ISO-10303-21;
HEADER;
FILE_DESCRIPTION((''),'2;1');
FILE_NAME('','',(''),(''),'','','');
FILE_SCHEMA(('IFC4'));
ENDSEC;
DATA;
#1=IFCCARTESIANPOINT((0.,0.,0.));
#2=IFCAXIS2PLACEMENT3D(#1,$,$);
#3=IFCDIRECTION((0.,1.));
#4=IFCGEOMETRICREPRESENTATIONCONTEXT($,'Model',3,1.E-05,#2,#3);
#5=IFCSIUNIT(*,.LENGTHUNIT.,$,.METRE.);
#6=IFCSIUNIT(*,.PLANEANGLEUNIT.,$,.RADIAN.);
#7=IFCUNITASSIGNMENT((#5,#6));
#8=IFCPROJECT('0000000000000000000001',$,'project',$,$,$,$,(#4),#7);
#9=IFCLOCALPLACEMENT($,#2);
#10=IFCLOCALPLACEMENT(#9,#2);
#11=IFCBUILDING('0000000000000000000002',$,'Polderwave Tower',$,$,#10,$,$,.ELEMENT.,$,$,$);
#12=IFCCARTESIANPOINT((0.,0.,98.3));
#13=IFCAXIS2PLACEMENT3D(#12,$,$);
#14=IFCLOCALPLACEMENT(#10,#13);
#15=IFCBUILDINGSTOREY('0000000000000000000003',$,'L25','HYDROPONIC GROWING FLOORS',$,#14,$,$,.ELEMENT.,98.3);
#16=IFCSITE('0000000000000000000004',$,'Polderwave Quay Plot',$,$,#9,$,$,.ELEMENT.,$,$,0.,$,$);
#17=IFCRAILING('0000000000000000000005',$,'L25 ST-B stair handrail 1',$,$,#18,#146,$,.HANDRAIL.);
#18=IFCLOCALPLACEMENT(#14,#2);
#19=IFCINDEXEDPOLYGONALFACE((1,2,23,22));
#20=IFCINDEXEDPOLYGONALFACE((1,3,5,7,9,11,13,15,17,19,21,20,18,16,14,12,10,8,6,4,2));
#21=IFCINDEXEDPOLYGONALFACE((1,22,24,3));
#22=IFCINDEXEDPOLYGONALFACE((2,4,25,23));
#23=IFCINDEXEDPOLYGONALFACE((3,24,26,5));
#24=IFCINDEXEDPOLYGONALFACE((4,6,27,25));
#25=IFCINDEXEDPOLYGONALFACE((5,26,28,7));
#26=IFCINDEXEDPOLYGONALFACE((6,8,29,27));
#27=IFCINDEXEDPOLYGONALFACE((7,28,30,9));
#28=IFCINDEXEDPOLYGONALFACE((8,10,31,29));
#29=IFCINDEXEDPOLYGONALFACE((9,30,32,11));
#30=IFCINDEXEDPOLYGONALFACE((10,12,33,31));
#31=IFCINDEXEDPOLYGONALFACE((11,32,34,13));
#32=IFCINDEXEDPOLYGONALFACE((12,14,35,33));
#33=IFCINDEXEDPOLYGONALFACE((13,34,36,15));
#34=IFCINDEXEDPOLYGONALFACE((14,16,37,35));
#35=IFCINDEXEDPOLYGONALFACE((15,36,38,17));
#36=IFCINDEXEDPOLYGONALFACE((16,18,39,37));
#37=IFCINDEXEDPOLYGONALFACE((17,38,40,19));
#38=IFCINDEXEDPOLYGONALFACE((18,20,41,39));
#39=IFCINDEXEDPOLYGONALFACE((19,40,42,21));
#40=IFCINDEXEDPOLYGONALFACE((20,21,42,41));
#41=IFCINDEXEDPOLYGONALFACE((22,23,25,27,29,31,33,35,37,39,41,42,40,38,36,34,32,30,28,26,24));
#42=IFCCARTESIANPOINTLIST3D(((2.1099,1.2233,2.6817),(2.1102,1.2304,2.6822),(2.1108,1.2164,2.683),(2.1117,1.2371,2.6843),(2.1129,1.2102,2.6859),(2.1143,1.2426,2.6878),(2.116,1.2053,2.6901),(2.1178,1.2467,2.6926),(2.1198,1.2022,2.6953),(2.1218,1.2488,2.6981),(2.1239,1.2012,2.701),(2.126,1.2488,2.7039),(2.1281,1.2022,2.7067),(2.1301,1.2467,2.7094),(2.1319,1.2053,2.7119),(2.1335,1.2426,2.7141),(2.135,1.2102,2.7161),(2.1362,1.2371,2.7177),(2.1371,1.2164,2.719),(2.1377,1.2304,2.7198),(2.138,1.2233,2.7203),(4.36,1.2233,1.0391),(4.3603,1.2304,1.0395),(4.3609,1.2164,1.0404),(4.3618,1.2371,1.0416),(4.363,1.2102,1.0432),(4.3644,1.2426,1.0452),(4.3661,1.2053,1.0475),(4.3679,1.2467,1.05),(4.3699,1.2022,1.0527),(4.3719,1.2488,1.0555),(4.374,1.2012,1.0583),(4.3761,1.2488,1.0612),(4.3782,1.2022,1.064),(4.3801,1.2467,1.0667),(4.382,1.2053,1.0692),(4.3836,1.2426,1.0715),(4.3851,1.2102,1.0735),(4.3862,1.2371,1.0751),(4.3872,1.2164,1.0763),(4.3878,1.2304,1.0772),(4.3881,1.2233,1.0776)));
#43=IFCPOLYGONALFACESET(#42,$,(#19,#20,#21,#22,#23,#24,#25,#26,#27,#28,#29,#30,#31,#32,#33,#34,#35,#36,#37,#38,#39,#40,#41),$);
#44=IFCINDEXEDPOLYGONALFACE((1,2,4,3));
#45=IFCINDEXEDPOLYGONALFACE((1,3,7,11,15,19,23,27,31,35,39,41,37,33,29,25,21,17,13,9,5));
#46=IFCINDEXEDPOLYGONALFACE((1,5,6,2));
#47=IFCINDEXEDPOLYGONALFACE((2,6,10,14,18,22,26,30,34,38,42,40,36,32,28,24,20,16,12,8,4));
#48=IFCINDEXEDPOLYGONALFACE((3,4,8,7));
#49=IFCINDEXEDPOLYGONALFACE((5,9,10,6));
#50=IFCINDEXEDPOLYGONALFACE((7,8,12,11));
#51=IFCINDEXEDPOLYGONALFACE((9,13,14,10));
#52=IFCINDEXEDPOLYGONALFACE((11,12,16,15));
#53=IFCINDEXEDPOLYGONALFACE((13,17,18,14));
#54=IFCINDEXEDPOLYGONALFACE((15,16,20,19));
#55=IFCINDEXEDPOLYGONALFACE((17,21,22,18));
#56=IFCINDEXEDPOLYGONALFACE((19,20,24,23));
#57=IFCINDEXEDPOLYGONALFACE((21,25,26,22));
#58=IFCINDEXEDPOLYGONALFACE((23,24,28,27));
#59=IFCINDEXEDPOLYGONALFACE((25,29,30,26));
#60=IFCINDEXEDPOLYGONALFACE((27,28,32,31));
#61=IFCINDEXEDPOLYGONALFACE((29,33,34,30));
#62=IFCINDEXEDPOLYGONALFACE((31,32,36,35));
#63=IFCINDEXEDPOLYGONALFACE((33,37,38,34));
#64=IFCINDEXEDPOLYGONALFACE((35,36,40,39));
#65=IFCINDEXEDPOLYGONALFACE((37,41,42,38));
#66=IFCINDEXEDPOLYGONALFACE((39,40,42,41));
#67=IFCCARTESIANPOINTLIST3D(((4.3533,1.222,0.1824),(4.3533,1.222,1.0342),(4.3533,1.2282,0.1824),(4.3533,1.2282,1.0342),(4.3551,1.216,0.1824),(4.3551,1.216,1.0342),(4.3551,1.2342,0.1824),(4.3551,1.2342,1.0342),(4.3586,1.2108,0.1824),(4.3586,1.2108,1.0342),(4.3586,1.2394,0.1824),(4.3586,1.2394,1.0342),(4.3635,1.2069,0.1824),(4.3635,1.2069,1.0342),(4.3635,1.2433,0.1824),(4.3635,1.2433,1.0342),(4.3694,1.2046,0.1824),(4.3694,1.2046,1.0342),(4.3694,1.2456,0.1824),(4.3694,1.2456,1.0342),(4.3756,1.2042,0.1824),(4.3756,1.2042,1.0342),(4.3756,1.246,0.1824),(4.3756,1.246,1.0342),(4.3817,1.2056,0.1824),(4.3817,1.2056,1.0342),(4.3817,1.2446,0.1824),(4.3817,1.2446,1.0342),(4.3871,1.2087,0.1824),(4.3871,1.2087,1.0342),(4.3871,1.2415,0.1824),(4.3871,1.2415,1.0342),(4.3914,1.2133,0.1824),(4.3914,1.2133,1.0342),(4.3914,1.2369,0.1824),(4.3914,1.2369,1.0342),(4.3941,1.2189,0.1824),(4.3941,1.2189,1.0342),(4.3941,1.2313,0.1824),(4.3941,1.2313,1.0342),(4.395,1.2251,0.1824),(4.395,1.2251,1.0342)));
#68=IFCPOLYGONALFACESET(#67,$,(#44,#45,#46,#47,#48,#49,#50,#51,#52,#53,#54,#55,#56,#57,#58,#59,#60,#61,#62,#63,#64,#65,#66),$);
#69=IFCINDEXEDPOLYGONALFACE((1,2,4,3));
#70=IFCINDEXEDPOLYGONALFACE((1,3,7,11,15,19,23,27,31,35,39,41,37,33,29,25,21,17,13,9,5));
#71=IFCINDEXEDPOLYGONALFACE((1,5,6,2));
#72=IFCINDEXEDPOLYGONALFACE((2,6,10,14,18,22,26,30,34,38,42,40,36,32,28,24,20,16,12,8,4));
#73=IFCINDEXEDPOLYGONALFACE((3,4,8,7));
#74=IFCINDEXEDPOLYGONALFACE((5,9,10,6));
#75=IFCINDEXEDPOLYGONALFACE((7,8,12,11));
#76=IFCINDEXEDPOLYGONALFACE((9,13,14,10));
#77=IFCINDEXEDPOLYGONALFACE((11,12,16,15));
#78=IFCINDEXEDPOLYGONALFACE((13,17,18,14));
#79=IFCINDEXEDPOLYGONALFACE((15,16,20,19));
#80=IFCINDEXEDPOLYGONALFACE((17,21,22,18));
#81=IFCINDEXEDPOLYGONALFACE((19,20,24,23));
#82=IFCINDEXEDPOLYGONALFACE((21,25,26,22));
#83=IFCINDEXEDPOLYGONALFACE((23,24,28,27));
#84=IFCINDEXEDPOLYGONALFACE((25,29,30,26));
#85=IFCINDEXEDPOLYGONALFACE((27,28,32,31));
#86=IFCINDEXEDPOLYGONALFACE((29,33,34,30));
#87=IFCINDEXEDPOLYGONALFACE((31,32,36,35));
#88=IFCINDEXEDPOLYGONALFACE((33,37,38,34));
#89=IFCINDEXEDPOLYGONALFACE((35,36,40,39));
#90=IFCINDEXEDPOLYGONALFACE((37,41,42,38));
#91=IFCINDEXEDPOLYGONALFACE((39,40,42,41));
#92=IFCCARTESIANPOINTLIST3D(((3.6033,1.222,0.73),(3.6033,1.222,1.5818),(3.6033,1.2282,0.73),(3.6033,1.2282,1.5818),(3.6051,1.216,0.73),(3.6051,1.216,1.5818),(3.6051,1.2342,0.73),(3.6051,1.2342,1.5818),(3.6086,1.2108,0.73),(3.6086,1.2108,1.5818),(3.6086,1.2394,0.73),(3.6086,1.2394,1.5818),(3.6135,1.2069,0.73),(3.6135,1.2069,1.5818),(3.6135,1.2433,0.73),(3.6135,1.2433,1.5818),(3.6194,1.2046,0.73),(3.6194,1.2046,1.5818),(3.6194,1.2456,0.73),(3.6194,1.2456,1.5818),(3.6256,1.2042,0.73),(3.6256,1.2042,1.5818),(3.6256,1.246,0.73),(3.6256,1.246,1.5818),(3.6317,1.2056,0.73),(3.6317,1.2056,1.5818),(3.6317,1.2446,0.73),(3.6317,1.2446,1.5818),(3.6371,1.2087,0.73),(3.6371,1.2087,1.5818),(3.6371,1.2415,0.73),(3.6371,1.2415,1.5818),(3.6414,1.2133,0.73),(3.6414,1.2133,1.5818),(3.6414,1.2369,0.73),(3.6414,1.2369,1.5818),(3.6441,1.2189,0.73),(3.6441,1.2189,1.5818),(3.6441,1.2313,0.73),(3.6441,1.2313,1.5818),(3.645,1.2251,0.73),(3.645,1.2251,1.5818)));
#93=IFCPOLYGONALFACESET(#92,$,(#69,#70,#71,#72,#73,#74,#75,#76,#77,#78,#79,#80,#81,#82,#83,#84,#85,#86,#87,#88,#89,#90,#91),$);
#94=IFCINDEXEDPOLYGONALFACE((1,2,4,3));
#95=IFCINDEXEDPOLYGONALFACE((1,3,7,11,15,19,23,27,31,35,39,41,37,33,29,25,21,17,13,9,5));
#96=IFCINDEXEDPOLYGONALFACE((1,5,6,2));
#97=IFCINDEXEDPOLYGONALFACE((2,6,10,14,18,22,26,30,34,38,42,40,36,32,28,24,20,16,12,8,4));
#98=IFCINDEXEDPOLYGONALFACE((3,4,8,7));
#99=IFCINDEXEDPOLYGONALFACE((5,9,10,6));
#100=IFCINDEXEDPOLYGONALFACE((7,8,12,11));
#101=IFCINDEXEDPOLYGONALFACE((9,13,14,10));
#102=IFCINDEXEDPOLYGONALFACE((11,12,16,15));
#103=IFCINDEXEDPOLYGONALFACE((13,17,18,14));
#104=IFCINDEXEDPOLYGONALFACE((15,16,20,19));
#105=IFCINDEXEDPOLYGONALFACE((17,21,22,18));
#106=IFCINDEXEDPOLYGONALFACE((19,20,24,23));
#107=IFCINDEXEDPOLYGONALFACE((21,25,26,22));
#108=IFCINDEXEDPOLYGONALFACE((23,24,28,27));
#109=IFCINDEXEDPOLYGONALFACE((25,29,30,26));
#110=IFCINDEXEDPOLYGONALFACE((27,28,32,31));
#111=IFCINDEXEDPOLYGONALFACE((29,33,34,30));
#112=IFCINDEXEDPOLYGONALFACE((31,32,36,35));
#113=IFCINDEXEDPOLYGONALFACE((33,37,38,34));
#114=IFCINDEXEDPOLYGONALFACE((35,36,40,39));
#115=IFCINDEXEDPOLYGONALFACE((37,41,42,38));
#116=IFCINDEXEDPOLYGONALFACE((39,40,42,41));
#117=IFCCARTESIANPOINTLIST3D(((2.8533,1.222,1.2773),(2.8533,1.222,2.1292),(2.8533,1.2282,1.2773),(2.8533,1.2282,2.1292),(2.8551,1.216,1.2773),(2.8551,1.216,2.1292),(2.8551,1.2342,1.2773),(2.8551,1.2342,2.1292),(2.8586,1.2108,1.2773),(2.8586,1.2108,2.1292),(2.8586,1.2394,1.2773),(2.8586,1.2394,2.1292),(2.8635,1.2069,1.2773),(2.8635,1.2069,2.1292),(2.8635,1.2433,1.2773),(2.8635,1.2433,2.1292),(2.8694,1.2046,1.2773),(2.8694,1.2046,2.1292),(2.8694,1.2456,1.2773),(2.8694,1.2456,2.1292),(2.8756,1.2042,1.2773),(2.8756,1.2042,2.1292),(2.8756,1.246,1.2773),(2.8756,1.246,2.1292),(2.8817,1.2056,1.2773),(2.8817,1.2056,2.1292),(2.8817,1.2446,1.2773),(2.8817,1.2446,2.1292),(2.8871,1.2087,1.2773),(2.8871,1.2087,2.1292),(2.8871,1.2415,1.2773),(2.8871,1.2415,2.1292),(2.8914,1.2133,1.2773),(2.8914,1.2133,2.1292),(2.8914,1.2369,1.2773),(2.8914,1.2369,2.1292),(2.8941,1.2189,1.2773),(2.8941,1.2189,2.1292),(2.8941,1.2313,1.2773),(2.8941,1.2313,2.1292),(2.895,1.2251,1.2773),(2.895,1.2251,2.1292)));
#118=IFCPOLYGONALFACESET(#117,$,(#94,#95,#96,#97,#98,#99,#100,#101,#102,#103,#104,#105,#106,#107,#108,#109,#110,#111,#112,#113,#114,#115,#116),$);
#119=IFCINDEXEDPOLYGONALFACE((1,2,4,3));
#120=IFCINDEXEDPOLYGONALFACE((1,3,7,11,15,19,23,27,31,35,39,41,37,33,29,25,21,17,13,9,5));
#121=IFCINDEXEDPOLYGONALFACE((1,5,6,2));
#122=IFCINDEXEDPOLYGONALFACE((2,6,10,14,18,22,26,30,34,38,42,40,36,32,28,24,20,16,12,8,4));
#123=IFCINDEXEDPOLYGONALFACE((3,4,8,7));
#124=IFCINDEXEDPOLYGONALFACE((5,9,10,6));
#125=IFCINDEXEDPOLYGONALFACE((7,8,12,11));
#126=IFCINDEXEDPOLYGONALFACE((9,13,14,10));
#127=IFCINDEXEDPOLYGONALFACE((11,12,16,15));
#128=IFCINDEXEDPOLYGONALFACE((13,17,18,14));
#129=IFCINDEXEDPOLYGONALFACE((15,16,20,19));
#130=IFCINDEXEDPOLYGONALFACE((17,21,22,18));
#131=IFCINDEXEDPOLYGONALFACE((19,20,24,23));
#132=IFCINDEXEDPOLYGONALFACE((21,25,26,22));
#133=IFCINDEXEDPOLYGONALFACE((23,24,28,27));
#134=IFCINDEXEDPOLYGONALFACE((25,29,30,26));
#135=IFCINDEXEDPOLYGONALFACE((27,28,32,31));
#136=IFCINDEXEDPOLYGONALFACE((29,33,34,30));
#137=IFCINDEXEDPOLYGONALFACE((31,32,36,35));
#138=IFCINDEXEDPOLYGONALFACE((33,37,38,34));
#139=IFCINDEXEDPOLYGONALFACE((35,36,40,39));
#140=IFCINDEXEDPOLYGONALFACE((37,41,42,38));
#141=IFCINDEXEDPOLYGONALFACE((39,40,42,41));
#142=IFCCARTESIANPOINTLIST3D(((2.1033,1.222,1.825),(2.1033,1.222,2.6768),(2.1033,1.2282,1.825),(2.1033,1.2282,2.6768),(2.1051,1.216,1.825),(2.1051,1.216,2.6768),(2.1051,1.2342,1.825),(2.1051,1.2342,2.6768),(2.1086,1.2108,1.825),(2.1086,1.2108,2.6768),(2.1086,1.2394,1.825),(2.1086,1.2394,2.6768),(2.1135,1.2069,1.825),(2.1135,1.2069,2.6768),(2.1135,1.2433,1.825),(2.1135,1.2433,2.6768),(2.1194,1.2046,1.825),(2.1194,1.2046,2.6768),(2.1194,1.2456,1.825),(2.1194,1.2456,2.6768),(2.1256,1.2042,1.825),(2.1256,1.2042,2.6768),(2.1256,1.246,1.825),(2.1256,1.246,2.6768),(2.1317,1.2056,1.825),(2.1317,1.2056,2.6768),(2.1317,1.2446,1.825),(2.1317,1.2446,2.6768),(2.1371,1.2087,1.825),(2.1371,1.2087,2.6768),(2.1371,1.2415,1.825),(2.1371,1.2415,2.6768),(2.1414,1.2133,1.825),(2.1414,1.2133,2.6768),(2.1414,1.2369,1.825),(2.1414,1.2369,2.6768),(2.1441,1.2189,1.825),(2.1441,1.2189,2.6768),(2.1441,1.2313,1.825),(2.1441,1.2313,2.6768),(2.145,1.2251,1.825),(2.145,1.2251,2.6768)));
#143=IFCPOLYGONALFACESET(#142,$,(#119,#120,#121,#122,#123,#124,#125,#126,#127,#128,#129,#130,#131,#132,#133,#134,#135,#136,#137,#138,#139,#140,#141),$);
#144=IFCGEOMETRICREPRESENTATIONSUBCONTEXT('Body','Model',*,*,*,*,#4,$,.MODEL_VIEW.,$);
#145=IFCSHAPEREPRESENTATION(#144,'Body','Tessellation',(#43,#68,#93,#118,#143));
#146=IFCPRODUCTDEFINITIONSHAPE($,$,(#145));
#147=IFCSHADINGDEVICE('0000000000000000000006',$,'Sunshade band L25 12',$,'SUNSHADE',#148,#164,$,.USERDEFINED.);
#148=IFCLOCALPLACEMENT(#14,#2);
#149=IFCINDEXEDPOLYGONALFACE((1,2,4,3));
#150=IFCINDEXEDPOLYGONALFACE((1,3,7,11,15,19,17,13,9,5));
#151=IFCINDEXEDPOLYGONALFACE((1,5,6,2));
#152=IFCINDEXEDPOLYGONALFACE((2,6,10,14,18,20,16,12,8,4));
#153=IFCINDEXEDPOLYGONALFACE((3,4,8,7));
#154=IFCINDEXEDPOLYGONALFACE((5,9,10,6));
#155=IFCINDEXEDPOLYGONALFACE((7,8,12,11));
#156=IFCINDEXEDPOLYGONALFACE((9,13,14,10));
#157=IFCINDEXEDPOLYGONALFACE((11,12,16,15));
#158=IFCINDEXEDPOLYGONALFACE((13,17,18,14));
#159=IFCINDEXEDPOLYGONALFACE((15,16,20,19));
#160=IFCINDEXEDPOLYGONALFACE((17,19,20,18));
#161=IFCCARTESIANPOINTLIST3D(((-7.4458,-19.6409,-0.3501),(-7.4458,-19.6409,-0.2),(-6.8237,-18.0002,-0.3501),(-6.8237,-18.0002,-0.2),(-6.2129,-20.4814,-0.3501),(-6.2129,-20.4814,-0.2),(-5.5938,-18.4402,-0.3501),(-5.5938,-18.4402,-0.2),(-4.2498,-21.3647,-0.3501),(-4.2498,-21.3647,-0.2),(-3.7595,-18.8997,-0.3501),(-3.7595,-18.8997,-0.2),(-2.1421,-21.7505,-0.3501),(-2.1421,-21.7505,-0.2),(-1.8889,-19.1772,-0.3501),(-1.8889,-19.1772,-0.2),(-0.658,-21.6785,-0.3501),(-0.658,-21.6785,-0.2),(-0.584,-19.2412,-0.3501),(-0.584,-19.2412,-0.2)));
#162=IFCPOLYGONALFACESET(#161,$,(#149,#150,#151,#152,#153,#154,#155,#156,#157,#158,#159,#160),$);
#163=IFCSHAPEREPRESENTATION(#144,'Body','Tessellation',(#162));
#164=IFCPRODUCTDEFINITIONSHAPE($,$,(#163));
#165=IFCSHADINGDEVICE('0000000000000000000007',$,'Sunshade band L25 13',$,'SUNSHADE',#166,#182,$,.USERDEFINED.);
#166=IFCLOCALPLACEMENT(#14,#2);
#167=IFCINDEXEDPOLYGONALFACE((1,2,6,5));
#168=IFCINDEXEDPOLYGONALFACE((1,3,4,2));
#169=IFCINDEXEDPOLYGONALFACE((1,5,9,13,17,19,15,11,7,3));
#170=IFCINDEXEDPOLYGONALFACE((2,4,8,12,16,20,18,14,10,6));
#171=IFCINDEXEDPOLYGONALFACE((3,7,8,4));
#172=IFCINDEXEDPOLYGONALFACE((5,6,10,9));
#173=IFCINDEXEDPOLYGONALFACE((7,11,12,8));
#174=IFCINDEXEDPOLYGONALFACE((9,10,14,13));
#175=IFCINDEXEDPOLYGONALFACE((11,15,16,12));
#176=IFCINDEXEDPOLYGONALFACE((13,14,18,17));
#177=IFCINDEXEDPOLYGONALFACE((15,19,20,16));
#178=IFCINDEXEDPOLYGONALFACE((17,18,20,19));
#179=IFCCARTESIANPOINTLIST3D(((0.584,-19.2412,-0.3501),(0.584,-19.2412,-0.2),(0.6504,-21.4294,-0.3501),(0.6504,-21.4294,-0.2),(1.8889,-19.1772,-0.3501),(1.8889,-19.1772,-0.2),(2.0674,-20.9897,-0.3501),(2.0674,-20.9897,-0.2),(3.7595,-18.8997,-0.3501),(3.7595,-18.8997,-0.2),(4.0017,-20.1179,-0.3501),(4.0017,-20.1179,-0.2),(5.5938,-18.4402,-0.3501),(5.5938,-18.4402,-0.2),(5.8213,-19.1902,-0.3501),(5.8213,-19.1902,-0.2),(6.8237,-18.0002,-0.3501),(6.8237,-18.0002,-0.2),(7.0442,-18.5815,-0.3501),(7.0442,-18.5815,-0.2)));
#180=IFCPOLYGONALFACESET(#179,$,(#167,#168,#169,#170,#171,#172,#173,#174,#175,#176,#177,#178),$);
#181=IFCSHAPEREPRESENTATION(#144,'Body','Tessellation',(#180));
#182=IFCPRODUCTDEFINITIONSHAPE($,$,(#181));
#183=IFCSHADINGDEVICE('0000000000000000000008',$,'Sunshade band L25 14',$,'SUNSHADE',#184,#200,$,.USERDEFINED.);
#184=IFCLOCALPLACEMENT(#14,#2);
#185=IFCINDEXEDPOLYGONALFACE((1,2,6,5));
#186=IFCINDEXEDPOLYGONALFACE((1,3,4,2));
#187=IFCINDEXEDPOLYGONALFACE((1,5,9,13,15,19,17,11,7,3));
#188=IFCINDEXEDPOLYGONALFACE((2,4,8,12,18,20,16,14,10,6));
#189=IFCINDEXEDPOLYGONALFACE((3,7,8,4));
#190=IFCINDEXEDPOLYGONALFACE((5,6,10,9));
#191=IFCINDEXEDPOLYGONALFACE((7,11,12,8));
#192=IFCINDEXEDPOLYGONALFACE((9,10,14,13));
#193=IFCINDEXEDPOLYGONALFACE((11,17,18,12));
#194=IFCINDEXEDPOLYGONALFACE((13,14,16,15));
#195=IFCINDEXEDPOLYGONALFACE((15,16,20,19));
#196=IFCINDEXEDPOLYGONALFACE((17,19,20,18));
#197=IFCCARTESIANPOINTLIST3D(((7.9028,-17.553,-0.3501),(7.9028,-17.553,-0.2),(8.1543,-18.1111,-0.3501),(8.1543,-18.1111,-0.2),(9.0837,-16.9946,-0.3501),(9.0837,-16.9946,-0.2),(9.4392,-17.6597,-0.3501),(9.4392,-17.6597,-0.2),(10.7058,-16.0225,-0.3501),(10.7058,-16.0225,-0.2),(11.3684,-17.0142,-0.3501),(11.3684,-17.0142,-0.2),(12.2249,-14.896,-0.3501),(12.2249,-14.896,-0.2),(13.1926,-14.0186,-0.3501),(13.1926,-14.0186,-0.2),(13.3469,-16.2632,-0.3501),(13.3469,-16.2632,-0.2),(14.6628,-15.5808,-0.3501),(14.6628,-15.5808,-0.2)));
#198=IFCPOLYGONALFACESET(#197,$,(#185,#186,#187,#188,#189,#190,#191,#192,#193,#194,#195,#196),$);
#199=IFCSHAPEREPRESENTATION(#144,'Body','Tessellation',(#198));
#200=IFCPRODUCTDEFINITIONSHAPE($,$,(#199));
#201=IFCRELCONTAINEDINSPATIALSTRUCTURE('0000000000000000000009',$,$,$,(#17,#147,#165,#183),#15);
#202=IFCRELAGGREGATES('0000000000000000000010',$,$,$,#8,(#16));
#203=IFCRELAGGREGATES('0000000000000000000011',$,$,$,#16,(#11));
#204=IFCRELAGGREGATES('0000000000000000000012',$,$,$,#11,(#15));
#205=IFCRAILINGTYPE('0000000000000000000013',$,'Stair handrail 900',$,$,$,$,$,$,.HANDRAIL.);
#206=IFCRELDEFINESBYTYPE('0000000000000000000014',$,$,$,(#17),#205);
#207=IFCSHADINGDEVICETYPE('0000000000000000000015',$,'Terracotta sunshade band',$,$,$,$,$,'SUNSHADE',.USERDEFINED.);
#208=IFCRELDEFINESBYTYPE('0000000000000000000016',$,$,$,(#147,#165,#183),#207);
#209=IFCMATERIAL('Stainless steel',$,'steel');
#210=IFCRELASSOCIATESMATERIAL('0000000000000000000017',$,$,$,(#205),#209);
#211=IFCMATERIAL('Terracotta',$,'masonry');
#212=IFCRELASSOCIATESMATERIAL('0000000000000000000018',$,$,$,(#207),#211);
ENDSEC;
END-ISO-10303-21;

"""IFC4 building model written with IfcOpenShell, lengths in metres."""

from ifc_helpers import new_model, si_unit, direction, frame, origin, origin_2d, place, context, subcontext, project, spatial, polyline, circle, outline, extrude, material, type_object, element, save


model = new_model("IFC4")

# Units and contexts
model_context = context("Model", 3, precision=1e-05, world=origin(), true_north=direction((0.0, 1.0)))
body_context = subcontext(model_context, "Body", "Model", "MODEL_VIEW")
ifc_project = project(units=[si_unit("LENGTHUNIT", "METRE"), si_unit("PLANEANGLEUNIT", "RADIAN")], contexts=[model_context])

# Site, building, storey
site_placement = place(None, origin())
site = spatial("IfcSite", under=ifc_project, at=site_placement, Name="Polderwave Quay Plot", CompositionType="ELEMENT", RefElevation=0.0)
building_placement = place(site_placement, origin())
building = spatial("IfcBuilding", under=site, at=building_placement, Name="Polderwave Tower", CompositionType="ELEMENT")
storey_placement = place(building_placement, frame((0.0, 0.0, 98.3)))
storey = spatial("IfcBuildingStorey", under=building, at=storey_placement, Name="L25", Description="HYDROPONIC GROWING FLOORS", CompositionType="ELEMENT", Elevation=98.3)

# Railing
ifc_material_1 = material(Name="Stainless steel", Category="steel")
railing_type_1 = type_object("IfcRailingType", Name="Stair handrail 900", PredefinedType="HANDRAIL", material=ifc_material_1)
railing_1_placement = place(storey_placement, frame((4.374, 1.2251, 0.1824)))
element("IfcRailing", 1, at=railing_1_placement, inside=storey, type_object=railing_type_1, Name="L25 ST-B stair handrail 1", PredefinedType="HANDRAIL", context=body_context, shape_type="SweptSolid", body=[
    extrude(circle(Radius=0.0239, at=origin_2d()), frame((0.0, 0.0, 0.876), z_axis=(-0.807674, 0.0, 0.58963), x_axis=(0.0, -1.0, 0.0)), (0.0, 0.0, 1.0), 2.7859),
    extrude(circle(Radius=0.021, at=origin_2d()), origin(), (0.0, 0.0, 1.0), 0.8518),
    extrude(circle(Radius=0.021, at=origin_2d()), frame((-0.75, 0.0, 0.5476)), (0.0, 0.0, 1.0), 0.8518),
    extrude(circle(Radius=0.021, at=origin_2d()), frame((-1.5, 0.0, 1.095)), (0.0, 0.0, 1.0), 0.8518),
    extrude(circle(Radius=0.021, at=origin_2d()), frame((-2.25, 0.0, 1.6426)), (0.0, 0.0, 1.0), 0.8518),
])

# Shading devices
ifc_material_2 = material(Name="Terracotta", Category="masonry")
shading_device_type = type_object("IfcShadingDeviceType", Name="Terracotta sunshade band", ElementType="SUNSHADE", PredefinedType="USERDEFINED", material=ifc_material_2)
shading_device_1_placement = place(storey_placement, frame((0.0, 0.0, -0.3501)))
element("IfcShadingDevice", 2, at=shading_device_1_placement, inside=storey, type_object=shading_device_type, Name="Sunshade band L25 12", ObjectType="SUNSHADE", PredefinedType="USERDEFINED", context=body_context, shape_type="SweptSolid", body=[
    extrude(outline(polyline([(-6.8237, -18.0002), (-5.5938, -18.4402), (-3.7595, -18.8997), (-1.8889, -19.1772), (-0.584, -19.2412), (-0.658, -21.6785), (-2.1421, -21.7505), (-4.2498, -21.3647), (-6.2129, -20.4814), (-7.4458, -19.6409), (-6.8237, -18.0002)])), origin(), (0.0, 0.0, 1.0), 0.1501),
])
shading_device_2_placement = place(storey_placement, frame((0.0, 0.0, -0.3501)))
element("IfcShadingDevice", 3, at=shading_device_2_placement, inside=storey, type_object=shading_device_type, Name="Sunshade band L25 13", ObjectType="SUNSHADE", PredefinedType="USERDEFINED", context=body_context, shape_type="SweptSolid", body=[
    extrude(outline(polyline([(0.584, -19.2412), (1.8889, -19.1772), (3.7595, -18.8997), (5.5938, -18.4402), (6.8237, -18.0002), (7.0442, -18.5815), (5.8213, -19.1902), (4.0017, -20.1179), (2.0674, -20.9897), (0.6504, -21.4294), (0.584, -19.2412)])), origin(), (0.0, 0.0, 1.0), 0.1501),
])
shading_device_3_placement = place(storey_placement, frame((0.0, 0.0, -0.3501)))
element("IfcShadingDevice", 4, at=shading_device_3_placement, inside=storey, type_object=shading_device_type, Name="Sunshade band L25 14", ObjectType="SUNSHADE", PredefinedType="USERDEFINED", context=body_context, shape_type="SweptSolid", body=[
    extrude(outline(polyline([(7.9028, -17.553), (9.0837, -16.9946), (10.7058, -16.0225), (12.2249, -14.896), (13.1926, -14.0186), (14.6628, -15.5808), (13.3469, -16.2632), (11.3684, -17.0142), (9.4392, -17.6597), (8.1543, -18.1111), (7.9028, -17.553)])), origin(), (0.0, 0.0, 1.0), 0.1501),
])

save(model, "model.ifc")
